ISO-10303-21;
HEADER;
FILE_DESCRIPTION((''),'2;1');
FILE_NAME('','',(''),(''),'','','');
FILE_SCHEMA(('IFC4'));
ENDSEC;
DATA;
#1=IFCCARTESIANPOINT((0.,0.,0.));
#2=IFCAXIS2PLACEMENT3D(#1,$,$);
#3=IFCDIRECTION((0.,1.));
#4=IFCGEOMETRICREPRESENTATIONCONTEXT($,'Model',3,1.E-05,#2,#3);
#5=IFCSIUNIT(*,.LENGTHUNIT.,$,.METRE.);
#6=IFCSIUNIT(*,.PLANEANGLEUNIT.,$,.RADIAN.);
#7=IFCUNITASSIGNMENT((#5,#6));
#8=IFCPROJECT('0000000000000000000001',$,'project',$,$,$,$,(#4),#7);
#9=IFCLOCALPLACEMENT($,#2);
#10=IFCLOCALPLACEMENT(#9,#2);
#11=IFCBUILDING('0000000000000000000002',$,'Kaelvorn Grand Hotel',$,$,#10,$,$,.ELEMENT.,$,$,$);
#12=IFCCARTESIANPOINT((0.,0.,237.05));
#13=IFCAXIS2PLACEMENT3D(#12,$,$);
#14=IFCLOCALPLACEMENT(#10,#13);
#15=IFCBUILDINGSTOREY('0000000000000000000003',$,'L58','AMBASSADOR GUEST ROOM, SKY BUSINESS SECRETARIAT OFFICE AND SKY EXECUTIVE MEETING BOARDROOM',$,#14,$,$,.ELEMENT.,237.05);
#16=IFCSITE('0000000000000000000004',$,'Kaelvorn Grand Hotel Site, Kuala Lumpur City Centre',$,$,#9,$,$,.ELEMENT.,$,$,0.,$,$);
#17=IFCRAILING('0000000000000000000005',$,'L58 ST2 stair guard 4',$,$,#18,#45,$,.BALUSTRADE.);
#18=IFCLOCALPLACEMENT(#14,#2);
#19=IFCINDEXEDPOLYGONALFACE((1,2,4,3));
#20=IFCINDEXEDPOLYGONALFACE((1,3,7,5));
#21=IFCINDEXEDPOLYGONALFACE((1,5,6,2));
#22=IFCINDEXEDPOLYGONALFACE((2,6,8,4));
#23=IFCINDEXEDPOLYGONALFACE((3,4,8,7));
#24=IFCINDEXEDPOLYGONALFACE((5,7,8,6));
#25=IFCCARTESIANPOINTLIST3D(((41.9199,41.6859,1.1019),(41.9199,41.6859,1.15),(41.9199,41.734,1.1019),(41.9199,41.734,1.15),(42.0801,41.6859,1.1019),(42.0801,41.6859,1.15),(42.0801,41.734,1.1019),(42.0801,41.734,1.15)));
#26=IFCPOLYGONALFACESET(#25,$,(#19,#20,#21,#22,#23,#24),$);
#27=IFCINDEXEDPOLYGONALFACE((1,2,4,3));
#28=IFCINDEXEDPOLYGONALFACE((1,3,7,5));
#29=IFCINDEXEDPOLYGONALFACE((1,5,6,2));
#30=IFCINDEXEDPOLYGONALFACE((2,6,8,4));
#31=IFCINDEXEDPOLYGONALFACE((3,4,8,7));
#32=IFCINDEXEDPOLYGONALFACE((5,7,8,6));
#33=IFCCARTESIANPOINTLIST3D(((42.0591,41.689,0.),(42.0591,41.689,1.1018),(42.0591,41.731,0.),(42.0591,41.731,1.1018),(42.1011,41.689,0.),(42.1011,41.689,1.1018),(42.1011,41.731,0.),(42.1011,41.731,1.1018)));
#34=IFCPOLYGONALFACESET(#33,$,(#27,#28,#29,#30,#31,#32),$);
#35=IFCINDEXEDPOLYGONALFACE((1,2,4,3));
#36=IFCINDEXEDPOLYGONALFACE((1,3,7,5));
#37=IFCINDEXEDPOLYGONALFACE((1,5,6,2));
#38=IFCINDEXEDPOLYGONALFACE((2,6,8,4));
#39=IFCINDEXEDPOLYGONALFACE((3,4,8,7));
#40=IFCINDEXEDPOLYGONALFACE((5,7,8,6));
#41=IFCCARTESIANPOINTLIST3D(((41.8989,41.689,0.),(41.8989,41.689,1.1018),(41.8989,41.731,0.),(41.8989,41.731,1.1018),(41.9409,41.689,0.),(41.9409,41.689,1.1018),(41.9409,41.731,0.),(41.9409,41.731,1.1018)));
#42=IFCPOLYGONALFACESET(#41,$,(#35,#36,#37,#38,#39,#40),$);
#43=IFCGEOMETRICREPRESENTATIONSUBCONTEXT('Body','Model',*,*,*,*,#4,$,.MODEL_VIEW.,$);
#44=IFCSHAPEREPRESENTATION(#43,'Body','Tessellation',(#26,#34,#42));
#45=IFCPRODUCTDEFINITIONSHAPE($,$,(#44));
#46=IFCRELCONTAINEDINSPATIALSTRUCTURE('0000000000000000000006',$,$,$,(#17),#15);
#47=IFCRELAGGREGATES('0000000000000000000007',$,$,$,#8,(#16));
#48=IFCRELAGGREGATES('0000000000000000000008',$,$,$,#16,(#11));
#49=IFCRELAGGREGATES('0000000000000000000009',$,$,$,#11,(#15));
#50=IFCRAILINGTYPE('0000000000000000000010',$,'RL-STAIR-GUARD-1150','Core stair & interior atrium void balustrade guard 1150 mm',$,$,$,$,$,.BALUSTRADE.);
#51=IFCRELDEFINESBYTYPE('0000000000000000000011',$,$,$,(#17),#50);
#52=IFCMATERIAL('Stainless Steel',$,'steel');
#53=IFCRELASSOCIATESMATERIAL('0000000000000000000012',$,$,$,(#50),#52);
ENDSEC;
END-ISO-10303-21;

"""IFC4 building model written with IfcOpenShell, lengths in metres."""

from ifc_helpers import new_model, si_unit, direction, frame, origin, origin_2d, place, context, subcontext, project, spatial, rectangle, extrude, material, type_object, element, save


model = new_model("IFC4")

# Units and contexts
model_context = context("Model", 3, precision=1e-05, world=origin(), true_north=direction((0.0, 1.0)))
body_context = subcontext(model_context, "Body", "Model", "MODEL_VIEW")
ifc_project = project(units=[si_unit("LENGTHUNIT", "METRE"), si_unit("PLANEANGLEUNIT", "RADIAN")], contexts=[model_context])

# Site, building, storey
site_placement = place(None, origin())
site = spatial("IfcSite", under=ifc_project, at=site_placement, Name="Kaelvorn Grand Hotel Site, Kuala Lumpur City Centre", CompositionType="ELEMENT", RefElevation=0.0)
building_placement = place(site_placement, origin())
building = spatial("IfcBuilding", under=site, at=building_placement, Name="Kaelvorn Grand Hotel", CompositionType="ELEMENT")
storey_placement = place(building_placement, frame((0.0, 0.0, 237.05)))
storey = spatial("IfcBuildingStorey", under=building, at=storey_placement, Name="L58", Description="AMBASSADOR GUEST ROOM, SKY BUSINESS SECRETARIAT OFFICE AND SKY EXECUTIVE MEETING BOARDROOM", CompositionType="ELEMENT", Elevation=237.05)

# Railing
ifc_material_1 = material(Name="Stainless Steel", Category="steel")
railing_type_1 = type_object("IfcRailingType", Name="RL-STAIR-GUARD-1150", Description="Core stair & interior atrium void balustrade guard 1150 mm", PredefinedType="BALUSTRADE", material=ifc_material_1)
railing_1_placement = place(storey_placement, frame((42.0801, 41.71, 0.0)))
element("IfcRailing", 1, at=railing_1_placement, inside=storey, type_object=railing_type_1, Name="L58 ST2 stair guard 4", PredefinedType="BALUSTRADE", context=body_context, shape_type="SweptSolid", body=[
    extrude(rectangle(XDim=0.0481, YDim=0.0481, at=origin_2d()), frame((0.0, 0.0, 1.126), z_axis=(-1.0, 0.0, 0.0), x_axis=(0.0, -1.0, 0.0)), (0.0, 0.0, 1.0), 0.1602),
    extrude(rectangle(XDim=0.042, YDim=0.042, at=origin_2d()), origin(), (0.0, 0.0, 1.0), 1.1018),
    extrude(rectangle(XDim=0.042, YDim=0.042, at=origin_2d()), frame((-0.1602, 0.0, 0.0)), (0.0, 0.0, 1.0), 1.1018),
])

save(model, "model.ifc")
